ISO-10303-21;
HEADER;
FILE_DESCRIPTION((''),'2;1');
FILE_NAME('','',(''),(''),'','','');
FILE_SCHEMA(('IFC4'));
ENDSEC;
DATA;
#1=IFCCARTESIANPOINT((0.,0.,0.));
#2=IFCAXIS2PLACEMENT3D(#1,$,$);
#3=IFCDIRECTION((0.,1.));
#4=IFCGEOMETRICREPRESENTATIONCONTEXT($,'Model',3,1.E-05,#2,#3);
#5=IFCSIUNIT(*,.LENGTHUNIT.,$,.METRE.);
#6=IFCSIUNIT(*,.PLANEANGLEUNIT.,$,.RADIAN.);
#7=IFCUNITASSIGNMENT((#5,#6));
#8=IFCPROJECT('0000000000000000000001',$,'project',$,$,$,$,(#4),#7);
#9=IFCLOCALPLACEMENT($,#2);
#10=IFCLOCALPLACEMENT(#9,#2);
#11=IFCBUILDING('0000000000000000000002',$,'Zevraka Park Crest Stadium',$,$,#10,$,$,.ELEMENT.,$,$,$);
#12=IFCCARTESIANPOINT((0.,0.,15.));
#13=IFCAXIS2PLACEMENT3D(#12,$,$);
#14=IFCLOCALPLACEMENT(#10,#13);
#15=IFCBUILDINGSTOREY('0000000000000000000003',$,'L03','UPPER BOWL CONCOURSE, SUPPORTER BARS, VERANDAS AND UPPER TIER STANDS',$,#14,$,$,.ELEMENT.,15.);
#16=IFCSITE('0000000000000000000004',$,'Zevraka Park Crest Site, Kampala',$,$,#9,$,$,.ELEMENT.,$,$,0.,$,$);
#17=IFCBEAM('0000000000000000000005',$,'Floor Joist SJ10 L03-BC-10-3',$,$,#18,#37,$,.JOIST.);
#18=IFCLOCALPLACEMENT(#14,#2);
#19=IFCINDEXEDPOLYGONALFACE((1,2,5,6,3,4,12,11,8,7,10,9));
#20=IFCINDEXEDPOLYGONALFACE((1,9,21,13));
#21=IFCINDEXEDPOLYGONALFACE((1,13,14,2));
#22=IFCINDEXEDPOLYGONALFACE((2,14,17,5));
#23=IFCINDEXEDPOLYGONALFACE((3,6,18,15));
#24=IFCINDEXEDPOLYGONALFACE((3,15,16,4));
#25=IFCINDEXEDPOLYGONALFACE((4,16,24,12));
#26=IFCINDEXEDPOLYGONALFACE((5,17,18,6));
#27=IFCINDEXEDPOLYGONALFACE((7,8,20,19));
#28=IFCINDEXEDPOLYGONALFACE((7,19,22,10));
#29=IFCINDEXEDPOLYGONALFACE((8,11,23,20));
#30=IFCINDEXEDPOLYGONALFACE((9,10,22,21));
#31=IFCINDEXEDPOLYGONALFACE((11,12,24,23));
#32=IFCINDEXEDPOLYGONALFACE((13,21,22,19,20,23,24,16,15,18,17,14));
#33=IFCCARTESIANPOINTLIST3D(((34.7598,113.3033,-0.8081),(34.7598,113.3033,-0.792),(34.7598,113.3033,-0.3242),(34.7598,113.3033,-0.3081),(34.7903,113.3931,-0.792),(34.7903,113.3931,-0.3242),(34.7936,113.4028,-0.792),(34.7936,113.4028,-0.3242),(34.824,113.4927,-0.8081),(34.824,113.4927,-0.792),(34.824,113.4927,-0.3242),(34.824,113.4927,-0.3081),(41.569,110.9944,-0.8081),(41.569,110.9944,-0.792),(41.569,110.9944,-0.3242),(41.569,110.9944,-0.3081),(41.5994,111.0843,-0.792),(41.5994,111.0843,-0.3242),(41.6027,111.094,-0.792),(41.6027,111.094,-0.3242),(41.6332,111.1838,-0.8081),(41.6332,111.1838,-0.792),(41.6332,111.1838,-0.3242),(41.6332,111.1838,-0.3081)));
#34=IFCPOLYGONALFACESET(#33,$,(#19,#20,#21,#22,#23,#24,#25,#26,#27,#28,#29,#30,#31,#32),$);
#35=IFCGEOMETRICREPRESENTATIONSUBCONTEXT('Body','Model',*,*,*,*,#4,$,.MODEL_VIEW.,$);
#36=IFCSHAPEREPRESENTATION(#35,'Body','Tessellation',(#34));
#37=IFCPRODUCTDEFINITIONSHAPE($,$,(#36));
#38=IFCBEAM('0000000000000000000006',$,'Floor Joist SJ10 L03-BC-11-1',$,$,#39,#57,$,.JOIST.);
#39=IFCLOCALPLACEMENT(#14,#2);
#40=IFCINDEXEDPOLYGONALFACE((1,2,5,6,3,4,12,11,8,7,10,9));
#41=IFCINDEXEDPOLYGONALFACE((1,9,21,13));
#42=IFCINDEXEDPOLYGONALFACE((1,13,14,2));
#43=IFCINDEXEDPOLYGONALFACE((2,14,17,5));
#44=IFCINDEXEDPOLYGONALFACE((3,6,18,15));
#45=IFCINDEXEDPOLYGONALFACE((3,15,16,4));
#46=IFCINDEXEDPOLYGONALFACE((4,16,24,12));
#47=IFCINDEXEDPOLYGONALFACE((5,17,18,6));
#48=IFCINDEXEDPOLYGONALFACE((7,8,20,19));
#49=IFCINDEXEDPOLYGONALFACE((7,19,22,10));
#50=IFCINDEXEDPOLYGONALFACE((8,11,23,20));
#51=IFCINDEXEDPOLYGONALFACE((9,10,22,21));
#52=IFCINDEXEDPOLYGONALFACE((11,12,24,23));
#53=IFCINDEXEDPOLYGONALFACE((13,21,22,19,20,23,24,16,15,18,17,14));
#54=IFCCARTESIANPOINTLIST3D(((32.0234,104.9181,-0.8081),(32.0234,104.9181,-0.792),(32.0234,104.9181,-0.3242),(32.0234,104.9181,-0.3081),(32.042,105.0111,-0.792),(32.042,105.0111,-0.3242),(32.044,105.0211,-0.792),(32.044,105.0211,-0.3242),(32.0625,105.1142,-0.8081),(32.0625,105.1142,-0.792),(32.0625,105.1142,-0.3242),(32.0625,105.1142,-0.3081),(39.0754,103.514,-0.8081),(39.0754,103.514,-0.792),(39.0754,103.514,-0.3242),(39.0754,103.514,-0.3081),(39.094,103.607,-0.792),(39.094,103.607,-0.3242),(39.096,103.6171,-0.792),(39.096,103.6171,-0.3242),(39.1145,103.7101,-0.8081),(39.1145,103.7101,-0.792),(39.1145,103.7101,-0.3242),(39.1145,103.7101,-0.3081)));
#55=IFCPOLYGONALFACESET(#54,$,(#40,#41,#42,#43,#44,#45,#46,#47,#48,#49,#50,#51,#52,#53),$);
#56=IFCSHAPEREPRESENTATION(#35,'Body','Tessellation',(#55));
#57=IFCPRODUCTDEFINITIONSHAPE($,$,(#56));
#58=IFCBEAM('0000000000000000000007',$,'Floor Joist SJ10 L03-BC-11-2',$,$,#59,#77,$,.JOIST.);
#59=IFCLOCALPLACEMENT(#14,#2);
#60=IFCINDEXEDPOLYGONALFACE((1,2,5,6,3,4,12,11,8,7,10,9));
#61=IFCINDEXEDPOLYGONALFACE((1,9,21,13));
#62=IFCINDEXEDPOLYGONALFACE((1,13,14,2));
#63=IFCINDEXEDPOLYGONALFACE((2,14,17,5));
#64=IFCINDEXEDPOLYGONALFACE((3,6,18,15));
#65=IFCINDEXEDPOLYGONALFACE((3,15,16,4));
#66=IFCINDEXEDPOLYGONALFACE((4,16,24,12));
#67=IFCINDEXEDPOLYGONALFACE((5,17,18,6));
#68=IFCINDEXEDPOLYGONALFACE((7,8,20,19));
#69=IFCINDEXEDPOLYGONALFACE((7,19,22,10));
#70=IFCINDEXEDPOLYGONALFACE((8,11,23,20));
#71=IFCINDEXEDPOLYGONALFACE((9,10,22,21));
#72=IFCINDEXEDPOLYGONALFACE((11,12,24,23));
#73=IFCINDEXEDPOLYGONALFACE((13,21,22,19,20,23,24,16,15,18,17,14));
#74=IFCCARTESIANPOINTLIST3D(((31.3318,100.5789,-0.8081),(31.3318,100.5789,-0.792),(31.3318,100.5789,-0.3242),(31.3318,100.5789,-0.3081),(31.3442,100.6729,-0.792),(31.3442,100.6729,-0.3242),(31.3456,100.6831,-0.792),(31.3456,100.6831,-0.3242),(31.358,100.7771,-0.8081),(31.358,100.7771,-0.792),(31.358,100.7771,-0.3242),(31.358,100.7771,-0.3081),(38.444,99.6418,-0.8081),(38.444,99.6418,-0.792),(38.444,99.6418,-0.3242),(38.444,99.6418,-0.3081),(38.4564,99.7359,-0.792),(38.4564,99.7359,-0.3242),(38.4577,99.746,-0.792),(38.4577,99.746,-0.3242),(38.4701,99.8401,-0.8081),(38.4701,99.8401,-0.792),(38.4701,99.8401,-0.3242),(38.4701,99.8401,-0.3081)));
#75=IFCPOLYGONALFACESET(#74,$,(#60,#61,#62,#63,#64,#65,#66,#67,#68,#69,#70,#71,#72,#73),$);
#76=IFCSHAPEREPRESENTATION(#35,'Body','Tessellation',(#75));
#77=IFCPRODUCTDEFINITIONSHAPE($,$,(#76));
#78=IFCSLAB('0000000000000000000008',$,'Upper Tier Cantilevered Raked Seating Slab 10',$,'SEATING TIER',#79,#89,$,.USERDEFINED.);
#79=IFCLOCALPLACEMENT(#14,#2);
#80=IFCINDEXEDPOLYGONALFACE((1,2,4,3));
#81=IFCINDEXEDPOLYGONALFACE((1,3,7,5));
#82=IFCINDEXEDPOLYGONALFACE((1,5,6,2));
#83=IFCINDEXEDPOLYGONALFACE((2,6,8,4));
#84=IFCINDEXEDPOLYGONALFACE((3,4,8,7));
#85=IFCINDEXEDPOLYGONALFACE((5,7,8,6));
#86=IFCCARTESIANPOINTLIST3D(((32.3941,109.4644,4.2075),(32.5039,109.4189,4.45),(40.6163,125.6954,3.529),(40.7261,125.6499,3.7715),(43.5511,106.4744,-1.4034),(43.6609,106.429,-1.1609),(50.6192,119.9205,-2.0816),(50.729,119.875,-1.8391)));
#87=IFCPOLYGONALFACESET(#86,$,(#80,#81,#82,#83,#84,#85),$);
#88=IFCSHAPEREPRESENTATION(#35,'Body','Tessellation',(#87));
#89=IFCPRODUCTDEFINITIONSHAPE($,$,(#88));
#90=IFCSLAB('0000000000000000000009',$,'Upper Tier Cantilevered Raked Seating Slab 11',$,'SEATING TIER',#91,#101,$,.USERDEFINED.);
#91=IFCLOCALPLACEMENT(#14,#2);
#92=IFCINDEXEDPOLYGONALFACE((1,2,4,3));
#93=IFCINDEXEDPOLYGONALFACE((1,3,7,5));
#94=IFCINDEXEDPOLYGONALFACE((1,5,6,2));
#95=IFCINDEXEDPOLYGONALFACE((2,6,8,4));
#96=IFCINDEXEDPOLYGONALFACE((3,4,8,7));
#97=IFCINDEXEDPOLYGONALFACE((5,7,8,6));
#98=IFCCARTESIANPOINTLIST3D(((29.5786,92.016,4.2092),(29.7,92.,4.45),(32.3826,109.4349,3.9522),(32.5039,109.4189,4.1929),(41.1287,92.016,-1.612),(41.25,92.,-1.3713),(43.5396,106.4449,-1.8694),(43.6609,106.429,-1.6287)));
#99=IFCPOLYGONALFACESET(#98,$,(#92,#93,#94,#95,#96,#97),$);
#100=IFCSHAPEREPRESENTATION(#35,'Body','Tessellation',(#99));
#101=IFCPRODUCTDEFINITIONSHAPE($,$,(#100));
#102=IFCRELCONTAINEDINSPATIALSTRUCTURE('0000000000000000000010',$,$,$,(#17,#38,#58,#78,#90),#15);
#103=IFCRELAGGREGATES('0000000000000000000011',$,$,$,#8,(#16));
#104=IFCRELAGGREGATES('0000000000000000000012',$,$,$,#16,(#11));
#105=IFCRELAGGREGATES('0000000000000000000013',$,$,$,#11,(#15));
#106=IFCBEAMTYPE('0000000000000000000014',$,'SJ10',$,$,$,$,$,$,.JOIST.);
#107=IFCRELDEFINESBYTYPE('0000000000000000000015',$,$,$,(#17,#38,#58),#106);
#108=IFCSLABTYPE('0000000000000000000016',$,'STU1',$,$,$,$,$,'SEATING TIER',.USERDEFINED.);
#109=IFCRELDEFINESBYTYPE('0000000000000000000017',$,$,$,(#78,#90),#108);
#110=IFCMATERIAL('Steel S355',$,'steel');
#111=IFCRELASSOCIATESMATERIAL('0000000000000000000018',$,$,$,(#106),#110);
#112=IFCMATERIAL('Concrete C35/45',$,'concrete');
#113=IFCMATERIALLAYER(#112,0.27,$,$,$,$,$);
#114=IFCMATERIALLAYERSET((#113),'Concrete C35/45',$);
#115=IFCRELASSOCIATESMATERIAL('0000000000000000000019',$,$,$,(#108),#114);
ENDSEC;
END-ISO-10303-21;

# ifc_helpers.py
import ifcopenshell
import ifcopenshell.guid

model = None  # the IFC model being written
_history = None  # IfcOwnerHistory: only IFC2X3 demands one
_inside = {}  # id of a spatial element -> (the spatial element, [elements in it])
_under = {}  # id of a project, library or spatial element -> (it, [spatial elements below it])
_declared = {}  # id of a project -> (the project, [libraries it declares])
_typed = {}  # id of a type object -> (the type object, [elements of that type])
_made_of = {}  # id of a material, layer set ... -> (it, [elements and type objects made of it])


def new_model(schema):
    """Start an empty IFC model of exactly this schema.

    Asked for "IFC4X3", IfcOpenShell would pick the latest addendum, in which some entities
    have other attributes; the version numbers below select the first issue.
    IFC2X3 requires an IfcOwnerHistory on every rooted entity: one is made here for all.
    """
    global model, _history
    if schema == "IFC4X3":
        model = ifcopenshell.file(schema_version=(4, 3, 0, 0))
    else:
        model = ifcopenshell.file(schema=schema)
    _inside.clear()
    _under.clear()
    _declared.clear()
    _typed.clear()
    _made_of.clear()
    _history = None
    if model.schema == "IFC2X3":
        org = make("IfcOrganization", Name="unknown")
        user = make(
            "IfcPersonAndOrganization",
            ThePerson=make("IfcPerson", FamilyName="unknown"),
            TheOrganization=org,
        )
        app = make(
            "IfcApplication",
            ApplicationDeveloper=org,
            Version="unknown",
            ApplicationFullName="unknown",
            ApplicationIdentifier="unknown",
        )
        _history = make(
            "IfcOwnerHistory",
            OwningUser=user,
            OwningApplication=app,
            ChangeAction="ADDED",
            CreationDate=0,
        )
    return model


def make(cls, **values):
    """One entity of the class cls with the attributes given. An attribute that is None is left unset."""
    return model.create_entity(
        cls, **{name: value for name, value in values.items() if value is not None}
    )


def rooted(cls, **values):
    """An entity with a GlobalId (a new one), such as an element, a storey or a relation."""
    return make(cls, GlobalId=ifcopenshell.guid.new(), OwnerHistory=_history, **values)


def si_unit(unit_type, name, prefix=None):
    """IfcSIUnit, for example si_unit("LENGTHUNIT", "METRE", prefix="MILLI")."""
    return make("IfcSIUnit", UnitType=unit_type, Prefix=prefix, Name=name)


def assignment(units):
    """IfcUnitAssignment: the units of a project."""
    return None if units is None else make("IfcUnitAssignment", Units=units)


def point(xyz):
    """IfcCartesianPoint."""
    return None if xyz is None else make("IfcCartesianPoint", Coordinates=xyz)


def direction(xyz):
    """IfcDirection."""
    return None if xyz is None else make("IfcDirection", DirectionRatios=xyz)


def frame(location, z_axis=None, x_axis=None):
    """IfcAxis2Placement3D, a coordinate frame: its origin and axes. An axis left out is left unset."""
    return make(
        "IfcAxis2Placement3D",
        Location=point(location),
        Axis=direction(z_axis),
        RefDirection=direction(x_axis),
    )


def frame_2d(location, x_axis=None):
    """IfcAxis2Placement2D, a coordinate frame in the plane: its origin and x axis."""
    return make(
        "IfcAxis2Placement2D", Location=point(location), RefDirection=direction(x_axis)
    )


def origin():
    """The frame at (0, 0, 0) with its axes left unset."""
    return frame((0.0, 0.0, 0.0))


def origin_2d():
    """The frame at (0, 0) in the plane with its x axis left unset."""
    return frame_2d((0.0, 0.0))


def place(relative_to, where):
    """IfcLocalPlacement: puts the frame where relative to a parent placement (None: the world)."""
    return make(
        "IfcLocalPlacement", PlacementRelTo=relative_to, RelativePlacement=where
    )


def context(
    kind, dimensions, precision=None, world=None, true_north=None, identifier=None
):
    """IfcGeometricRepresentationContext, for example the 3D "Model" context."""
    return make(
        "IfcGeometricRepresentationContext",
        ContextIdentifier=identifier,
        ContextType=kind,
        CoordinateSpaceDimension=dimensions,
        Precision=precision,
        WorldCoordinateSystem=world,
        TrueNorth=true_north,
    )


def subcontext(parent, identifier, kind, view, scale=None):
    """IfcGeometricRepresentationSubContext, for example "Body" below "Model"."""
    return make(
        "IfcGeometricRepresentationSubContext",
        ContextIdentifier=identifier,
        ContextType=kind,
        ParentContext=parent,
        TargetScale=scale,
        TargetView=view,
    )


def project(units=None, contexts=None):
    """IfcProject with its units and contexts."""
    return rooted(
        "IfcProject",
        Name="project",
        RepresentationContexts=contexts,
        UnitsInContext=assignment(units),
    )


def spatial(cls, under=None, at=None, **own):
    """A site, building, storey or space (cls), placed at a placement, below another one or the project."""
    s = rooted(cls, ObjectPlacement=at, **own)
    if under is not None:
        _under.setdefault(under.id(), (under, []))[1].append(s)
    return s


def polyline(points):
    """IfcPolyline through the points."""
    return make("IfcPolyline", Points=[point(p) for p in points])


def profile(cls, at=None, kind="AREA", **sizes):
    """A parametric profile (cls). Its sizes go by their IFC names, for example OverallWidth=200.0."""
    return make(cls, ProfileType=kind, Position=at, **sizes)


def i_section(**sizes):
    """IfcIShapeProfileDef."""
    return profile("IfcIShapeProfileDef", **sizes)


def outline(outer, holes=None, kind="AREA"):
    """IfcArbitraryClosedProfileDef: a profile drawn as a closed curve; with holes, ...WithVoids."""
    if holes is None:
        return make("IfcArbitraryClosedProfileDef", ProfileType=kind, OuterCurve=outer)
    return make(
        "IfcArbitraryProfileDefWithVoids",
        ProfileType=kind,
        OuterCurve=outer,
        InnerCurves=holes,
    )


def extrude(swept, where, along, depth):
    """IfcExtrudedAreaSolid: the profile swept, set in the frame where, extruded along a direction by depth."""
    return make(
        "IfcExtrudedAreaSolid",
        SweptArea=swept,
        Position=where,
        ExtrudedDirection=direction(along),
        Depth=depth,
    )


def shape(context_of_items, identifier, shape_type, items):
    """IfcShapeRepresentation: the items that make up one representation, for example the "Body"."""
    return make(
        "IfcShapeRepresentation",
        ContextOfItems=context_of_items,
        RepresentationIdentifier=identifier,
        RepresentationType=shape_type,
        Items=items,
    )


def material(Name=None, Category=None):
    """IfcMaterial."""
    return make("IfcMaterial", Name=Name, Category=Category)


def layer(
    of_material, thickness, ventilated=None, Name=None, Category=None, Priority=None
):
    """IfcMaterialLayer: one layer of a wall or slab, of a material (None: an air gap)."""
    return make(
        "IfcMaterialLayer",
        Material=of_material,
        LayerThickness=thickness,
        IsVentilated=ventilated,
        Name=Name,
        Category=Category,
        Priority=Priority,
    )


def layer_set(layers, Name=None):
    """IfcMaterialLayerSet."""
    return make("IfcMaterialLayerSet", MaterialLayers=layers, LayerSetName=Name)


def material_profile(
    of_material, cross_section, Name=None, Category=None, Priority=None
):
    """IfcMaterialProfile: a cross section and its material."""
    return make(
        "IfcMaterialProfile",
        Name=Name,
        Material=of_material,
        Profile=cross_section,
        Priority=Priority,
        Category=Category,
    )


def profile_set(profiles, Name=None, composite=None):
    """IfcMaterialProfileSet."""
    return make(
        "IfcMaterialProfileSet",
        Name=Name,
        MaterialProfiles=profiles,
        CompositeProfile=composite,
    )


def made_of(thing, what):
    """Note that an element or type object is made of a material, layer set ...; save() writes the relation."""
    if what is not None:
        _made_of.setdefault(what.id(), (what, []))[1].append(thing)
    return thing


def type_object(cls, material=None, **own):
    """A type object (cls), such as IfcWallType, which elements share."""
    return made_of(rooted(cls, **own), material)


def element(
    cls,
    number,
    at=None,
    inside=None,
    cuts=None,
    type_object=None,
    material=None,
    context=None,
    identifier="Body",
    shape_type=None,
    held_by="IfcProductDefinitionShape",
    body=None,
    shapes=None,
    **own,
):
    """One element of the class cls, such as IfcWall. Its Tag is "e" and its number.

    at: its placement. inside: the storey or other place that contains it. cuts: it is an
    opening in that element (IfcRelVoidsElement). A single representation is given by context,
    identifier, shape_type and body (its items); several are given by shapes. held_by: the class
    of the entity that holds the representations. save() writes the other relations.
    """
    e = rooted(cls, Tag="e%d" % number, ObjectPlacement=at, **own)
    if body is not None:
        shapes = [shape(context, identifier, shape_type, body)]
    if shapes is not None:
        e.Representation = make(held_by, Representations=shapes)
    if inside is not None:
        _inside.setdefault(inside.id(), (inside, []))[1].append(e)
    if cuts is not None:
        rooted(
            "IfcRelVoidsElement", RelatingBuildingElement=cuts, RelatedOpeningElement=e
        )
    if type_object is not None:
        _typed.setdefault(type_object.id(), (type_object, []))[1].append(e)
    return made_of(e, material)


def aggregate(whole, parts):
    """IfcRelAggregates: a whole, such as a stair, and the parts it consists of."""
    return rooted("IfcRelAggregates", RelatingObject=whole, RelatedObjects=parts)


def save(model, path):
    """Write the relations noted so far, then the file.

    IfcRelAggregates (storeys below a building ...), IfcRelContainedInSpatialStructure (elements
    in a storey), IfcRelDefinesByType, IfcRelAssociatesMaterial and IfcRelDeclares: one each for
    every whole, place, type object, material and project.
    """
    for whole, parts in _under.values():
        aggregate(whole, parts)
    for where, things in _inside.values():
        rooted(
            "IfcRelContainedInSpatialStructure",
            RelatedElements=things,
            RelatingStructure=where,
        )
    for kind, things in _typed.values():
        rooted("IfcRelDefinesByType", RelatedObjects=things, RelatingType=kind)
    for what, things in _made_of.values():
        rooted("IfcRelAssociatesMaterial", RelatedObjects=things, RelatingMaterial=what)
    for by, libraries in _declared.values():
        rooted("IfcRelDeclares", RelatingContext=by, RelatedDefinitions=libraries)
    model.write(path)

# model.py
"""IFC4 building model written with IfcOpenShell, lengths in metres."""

from ifc_helpers import new_model, si_unit, direction, frame, origin, origin_2d, place, context, subcontext, project, spatial, polyline, i_section, outline, extrude, material, layer, layer_set, material_profile, profile_set, type_object, element, save


model = new_model("IFC4")

# Units and contexts
model_context = context("Model", 3, precision=1e-05, world=origin(), true_north=direction((0.0, 1.0)))
body_context = subcontext(model_context, "Body", "Model", "MODEL_VIEW")
ifc_project = project(units=[si_unit("LENGTHUNIT", "METRE"), si_unit("PLANEANGLEUNIT", "RADIAN")], contexts=[model_context])

# Site, building, storey
site_placement = place(None, origin())
site = spatial("IfcSite", under=ifc_project, at=site_placement, Name="Zevraka Park Crest Site, Kampala", CompositionType="ELEMENT", RefElevation=0.0)
building_placement = place(site_placement, origin())
building = spatial("IfcBuilding", under=site, at=building_placement, Name="Zevraka Park Crest Stadium", CompositionType="ELEMENT")
storey_placement = place(building_placement, frame((0.0, 0.0, 15.0)))
storey = spatial("IfcBuildingStorey", under=building, at=storey_placement, Name="L03", Description="UPPER BOWL CONCOURSE, SUPPORTER BARS, VERANDAS AND UPPER TIER STANDS", CompositionType="ELEMENT", Elevation=15.0)

# Beams
ifc_material_1 = material(Name="Steel S355", Category="steel")
ifc_material_profile_1 = material_profile(ifc_material_1, i_section(OverallWidth=0.2, OverallDepth=0.5, WebThickness=0.0103, FlangeThickness=0.0161, at=origin_2d()), Name="IPE 500")
ifc_profile_set_1 = profile_set([ifc_material_profile_1], Name="Steel S355")
beam_type_1 = type_object("IfcBeamType", Name="SJ10", PredefinedType="JOIST", material=ifc_profile_set_1)
beam_1_placement = place(storey_placement, frame((41.6011, 111.0891, -0.5581), z_axis=(-0.947037, 0.321123, 0.0), x_axis=(-0.321123, -0.947037, 0.0)))
element("IfcBeam", 1, at=beam_1_placement, inside=storey, type_object=beam_type_1, Name="Floor Joist SJ10 L03-BC-10-3", PredefinedType="JOIST", context=body_context, shape_type="SweptSolid", body=[
    extrude(i_section(OverallWidth=0.2, OverallDepth=0.5, WebThickness=0.0103, FlangeThickness=0.0161, at=origin_2d()), origin(), (0.0, 0.0, 1.0), 7.1899),
])
beam_2_placement = place(storey_placement, frame((39.095, 103.6121, -0.5581), z_axis=(-0.98075, 0.195267, 0.0), x_axis=(-0.195267, -0.98075, 0.0)))
element("IfcBeam", 2, at=beam_2_placement, inside=storey, type_object=beam_type_1, Name="Floor Joist SJ10 L03-BC-11-1", PredefinedType="JOIST", context=body_context, shape_type="SweptSolid", body=[
    extrude(i_section(OverallWidth=0.2, OverallDepth=0.5, WebThickness=0.0103, FlangeThickness=0.0161, at=origin_2d()), origin(), (0.0, 0.0, 1.0), 7.1904),
])
beam_3_placement = place(storey_placement, frame((38.457, 99.741, -0.5581), z_axis=(-0.991432, 0.130621, 0.0), x_axis=(-0.130621, -0.991432, 0.0)))
element("IfcBeam", 3, at=beam_3_placement, inside=storey, type_object=beam_type_1, Name="Floor Joist SJ10 L03-BC-11-2", PredefinedType="JOIST", context=body_context, shape_type="SweptSolid", body=[
    extrude(i_section(OverallWidth=0.2, OverallDepth=0.5, WebThickness=0.0103, FlangeThickness=0.0161, at=origin_2d()), origin(), (0.0, 0.0, 1.0), 7.1736),
])

# Slabs
ifc_material_2 = material(Name="Concrete C35/45", Category="concrete")
ifc_layer = layer(ifc_material_2, 0.27)
ifc_layer_set = layer_set([ifc_layer], Name="Concrete C35/45")
slab_type = type_object("IfcSlabType", Name="STU1", ElementType="SEATING TIER", PredefinedType="USERDEFINED", material=ifc_layer_set)
slab_1_placement = place(storey_placement, frame((50.729, 119.875, -1.8391), z_axis=(0.406483, -0.168377, 0.898009), x_axis=(-0.464832, -0.884275, 0.044604)))
element("IfcSlab", 4, at=slab_1_placement, inside=storey, type_object=slab_type, Name="Upper Tier Cantilevered Raked Seating Slab 10", ObjectType="SEATING TIER", PredefinedType="USERDEFINED", context=body_context, shape_type="SweptSolid", body=[
    extrude(outline(polyline([(0.0, 0.0), (15.2057, 0.0), (17.9981, -12.534), (-0.2067, -12.8392), (0.0, 0.0)])), origin(), (0.0, 0.0, -1.0), 0.27),
])
slab_2_placement = place(storey_placement, frame((43.6609, 106.429, -1.6287), z_axis=(0.449281, -0.059168, 0.891429), x_axis=(-0.164775, -0.986174, 0.01759)))
element("IfcSlab", 5, at=slab_2_placement, inside=storey, type_object=slab_type, Name="Upper Tier Cantilevered Raked Seating Slab 11", ObjectType="SEATING TIER", PredefinedType="USERDEFINED", context=body_context, shape_type="SweptSolid", body=[
    extrude(outline(polyline([(0.0, 0.0), (14.6312, 0.0), (16.6368, -12.7777), (-1.0079, -12.8955), (0.0, 0.0)])), origin(), (0.0, 0.0, -1.0), 0.27),
])

save(model, "model.ifc")
